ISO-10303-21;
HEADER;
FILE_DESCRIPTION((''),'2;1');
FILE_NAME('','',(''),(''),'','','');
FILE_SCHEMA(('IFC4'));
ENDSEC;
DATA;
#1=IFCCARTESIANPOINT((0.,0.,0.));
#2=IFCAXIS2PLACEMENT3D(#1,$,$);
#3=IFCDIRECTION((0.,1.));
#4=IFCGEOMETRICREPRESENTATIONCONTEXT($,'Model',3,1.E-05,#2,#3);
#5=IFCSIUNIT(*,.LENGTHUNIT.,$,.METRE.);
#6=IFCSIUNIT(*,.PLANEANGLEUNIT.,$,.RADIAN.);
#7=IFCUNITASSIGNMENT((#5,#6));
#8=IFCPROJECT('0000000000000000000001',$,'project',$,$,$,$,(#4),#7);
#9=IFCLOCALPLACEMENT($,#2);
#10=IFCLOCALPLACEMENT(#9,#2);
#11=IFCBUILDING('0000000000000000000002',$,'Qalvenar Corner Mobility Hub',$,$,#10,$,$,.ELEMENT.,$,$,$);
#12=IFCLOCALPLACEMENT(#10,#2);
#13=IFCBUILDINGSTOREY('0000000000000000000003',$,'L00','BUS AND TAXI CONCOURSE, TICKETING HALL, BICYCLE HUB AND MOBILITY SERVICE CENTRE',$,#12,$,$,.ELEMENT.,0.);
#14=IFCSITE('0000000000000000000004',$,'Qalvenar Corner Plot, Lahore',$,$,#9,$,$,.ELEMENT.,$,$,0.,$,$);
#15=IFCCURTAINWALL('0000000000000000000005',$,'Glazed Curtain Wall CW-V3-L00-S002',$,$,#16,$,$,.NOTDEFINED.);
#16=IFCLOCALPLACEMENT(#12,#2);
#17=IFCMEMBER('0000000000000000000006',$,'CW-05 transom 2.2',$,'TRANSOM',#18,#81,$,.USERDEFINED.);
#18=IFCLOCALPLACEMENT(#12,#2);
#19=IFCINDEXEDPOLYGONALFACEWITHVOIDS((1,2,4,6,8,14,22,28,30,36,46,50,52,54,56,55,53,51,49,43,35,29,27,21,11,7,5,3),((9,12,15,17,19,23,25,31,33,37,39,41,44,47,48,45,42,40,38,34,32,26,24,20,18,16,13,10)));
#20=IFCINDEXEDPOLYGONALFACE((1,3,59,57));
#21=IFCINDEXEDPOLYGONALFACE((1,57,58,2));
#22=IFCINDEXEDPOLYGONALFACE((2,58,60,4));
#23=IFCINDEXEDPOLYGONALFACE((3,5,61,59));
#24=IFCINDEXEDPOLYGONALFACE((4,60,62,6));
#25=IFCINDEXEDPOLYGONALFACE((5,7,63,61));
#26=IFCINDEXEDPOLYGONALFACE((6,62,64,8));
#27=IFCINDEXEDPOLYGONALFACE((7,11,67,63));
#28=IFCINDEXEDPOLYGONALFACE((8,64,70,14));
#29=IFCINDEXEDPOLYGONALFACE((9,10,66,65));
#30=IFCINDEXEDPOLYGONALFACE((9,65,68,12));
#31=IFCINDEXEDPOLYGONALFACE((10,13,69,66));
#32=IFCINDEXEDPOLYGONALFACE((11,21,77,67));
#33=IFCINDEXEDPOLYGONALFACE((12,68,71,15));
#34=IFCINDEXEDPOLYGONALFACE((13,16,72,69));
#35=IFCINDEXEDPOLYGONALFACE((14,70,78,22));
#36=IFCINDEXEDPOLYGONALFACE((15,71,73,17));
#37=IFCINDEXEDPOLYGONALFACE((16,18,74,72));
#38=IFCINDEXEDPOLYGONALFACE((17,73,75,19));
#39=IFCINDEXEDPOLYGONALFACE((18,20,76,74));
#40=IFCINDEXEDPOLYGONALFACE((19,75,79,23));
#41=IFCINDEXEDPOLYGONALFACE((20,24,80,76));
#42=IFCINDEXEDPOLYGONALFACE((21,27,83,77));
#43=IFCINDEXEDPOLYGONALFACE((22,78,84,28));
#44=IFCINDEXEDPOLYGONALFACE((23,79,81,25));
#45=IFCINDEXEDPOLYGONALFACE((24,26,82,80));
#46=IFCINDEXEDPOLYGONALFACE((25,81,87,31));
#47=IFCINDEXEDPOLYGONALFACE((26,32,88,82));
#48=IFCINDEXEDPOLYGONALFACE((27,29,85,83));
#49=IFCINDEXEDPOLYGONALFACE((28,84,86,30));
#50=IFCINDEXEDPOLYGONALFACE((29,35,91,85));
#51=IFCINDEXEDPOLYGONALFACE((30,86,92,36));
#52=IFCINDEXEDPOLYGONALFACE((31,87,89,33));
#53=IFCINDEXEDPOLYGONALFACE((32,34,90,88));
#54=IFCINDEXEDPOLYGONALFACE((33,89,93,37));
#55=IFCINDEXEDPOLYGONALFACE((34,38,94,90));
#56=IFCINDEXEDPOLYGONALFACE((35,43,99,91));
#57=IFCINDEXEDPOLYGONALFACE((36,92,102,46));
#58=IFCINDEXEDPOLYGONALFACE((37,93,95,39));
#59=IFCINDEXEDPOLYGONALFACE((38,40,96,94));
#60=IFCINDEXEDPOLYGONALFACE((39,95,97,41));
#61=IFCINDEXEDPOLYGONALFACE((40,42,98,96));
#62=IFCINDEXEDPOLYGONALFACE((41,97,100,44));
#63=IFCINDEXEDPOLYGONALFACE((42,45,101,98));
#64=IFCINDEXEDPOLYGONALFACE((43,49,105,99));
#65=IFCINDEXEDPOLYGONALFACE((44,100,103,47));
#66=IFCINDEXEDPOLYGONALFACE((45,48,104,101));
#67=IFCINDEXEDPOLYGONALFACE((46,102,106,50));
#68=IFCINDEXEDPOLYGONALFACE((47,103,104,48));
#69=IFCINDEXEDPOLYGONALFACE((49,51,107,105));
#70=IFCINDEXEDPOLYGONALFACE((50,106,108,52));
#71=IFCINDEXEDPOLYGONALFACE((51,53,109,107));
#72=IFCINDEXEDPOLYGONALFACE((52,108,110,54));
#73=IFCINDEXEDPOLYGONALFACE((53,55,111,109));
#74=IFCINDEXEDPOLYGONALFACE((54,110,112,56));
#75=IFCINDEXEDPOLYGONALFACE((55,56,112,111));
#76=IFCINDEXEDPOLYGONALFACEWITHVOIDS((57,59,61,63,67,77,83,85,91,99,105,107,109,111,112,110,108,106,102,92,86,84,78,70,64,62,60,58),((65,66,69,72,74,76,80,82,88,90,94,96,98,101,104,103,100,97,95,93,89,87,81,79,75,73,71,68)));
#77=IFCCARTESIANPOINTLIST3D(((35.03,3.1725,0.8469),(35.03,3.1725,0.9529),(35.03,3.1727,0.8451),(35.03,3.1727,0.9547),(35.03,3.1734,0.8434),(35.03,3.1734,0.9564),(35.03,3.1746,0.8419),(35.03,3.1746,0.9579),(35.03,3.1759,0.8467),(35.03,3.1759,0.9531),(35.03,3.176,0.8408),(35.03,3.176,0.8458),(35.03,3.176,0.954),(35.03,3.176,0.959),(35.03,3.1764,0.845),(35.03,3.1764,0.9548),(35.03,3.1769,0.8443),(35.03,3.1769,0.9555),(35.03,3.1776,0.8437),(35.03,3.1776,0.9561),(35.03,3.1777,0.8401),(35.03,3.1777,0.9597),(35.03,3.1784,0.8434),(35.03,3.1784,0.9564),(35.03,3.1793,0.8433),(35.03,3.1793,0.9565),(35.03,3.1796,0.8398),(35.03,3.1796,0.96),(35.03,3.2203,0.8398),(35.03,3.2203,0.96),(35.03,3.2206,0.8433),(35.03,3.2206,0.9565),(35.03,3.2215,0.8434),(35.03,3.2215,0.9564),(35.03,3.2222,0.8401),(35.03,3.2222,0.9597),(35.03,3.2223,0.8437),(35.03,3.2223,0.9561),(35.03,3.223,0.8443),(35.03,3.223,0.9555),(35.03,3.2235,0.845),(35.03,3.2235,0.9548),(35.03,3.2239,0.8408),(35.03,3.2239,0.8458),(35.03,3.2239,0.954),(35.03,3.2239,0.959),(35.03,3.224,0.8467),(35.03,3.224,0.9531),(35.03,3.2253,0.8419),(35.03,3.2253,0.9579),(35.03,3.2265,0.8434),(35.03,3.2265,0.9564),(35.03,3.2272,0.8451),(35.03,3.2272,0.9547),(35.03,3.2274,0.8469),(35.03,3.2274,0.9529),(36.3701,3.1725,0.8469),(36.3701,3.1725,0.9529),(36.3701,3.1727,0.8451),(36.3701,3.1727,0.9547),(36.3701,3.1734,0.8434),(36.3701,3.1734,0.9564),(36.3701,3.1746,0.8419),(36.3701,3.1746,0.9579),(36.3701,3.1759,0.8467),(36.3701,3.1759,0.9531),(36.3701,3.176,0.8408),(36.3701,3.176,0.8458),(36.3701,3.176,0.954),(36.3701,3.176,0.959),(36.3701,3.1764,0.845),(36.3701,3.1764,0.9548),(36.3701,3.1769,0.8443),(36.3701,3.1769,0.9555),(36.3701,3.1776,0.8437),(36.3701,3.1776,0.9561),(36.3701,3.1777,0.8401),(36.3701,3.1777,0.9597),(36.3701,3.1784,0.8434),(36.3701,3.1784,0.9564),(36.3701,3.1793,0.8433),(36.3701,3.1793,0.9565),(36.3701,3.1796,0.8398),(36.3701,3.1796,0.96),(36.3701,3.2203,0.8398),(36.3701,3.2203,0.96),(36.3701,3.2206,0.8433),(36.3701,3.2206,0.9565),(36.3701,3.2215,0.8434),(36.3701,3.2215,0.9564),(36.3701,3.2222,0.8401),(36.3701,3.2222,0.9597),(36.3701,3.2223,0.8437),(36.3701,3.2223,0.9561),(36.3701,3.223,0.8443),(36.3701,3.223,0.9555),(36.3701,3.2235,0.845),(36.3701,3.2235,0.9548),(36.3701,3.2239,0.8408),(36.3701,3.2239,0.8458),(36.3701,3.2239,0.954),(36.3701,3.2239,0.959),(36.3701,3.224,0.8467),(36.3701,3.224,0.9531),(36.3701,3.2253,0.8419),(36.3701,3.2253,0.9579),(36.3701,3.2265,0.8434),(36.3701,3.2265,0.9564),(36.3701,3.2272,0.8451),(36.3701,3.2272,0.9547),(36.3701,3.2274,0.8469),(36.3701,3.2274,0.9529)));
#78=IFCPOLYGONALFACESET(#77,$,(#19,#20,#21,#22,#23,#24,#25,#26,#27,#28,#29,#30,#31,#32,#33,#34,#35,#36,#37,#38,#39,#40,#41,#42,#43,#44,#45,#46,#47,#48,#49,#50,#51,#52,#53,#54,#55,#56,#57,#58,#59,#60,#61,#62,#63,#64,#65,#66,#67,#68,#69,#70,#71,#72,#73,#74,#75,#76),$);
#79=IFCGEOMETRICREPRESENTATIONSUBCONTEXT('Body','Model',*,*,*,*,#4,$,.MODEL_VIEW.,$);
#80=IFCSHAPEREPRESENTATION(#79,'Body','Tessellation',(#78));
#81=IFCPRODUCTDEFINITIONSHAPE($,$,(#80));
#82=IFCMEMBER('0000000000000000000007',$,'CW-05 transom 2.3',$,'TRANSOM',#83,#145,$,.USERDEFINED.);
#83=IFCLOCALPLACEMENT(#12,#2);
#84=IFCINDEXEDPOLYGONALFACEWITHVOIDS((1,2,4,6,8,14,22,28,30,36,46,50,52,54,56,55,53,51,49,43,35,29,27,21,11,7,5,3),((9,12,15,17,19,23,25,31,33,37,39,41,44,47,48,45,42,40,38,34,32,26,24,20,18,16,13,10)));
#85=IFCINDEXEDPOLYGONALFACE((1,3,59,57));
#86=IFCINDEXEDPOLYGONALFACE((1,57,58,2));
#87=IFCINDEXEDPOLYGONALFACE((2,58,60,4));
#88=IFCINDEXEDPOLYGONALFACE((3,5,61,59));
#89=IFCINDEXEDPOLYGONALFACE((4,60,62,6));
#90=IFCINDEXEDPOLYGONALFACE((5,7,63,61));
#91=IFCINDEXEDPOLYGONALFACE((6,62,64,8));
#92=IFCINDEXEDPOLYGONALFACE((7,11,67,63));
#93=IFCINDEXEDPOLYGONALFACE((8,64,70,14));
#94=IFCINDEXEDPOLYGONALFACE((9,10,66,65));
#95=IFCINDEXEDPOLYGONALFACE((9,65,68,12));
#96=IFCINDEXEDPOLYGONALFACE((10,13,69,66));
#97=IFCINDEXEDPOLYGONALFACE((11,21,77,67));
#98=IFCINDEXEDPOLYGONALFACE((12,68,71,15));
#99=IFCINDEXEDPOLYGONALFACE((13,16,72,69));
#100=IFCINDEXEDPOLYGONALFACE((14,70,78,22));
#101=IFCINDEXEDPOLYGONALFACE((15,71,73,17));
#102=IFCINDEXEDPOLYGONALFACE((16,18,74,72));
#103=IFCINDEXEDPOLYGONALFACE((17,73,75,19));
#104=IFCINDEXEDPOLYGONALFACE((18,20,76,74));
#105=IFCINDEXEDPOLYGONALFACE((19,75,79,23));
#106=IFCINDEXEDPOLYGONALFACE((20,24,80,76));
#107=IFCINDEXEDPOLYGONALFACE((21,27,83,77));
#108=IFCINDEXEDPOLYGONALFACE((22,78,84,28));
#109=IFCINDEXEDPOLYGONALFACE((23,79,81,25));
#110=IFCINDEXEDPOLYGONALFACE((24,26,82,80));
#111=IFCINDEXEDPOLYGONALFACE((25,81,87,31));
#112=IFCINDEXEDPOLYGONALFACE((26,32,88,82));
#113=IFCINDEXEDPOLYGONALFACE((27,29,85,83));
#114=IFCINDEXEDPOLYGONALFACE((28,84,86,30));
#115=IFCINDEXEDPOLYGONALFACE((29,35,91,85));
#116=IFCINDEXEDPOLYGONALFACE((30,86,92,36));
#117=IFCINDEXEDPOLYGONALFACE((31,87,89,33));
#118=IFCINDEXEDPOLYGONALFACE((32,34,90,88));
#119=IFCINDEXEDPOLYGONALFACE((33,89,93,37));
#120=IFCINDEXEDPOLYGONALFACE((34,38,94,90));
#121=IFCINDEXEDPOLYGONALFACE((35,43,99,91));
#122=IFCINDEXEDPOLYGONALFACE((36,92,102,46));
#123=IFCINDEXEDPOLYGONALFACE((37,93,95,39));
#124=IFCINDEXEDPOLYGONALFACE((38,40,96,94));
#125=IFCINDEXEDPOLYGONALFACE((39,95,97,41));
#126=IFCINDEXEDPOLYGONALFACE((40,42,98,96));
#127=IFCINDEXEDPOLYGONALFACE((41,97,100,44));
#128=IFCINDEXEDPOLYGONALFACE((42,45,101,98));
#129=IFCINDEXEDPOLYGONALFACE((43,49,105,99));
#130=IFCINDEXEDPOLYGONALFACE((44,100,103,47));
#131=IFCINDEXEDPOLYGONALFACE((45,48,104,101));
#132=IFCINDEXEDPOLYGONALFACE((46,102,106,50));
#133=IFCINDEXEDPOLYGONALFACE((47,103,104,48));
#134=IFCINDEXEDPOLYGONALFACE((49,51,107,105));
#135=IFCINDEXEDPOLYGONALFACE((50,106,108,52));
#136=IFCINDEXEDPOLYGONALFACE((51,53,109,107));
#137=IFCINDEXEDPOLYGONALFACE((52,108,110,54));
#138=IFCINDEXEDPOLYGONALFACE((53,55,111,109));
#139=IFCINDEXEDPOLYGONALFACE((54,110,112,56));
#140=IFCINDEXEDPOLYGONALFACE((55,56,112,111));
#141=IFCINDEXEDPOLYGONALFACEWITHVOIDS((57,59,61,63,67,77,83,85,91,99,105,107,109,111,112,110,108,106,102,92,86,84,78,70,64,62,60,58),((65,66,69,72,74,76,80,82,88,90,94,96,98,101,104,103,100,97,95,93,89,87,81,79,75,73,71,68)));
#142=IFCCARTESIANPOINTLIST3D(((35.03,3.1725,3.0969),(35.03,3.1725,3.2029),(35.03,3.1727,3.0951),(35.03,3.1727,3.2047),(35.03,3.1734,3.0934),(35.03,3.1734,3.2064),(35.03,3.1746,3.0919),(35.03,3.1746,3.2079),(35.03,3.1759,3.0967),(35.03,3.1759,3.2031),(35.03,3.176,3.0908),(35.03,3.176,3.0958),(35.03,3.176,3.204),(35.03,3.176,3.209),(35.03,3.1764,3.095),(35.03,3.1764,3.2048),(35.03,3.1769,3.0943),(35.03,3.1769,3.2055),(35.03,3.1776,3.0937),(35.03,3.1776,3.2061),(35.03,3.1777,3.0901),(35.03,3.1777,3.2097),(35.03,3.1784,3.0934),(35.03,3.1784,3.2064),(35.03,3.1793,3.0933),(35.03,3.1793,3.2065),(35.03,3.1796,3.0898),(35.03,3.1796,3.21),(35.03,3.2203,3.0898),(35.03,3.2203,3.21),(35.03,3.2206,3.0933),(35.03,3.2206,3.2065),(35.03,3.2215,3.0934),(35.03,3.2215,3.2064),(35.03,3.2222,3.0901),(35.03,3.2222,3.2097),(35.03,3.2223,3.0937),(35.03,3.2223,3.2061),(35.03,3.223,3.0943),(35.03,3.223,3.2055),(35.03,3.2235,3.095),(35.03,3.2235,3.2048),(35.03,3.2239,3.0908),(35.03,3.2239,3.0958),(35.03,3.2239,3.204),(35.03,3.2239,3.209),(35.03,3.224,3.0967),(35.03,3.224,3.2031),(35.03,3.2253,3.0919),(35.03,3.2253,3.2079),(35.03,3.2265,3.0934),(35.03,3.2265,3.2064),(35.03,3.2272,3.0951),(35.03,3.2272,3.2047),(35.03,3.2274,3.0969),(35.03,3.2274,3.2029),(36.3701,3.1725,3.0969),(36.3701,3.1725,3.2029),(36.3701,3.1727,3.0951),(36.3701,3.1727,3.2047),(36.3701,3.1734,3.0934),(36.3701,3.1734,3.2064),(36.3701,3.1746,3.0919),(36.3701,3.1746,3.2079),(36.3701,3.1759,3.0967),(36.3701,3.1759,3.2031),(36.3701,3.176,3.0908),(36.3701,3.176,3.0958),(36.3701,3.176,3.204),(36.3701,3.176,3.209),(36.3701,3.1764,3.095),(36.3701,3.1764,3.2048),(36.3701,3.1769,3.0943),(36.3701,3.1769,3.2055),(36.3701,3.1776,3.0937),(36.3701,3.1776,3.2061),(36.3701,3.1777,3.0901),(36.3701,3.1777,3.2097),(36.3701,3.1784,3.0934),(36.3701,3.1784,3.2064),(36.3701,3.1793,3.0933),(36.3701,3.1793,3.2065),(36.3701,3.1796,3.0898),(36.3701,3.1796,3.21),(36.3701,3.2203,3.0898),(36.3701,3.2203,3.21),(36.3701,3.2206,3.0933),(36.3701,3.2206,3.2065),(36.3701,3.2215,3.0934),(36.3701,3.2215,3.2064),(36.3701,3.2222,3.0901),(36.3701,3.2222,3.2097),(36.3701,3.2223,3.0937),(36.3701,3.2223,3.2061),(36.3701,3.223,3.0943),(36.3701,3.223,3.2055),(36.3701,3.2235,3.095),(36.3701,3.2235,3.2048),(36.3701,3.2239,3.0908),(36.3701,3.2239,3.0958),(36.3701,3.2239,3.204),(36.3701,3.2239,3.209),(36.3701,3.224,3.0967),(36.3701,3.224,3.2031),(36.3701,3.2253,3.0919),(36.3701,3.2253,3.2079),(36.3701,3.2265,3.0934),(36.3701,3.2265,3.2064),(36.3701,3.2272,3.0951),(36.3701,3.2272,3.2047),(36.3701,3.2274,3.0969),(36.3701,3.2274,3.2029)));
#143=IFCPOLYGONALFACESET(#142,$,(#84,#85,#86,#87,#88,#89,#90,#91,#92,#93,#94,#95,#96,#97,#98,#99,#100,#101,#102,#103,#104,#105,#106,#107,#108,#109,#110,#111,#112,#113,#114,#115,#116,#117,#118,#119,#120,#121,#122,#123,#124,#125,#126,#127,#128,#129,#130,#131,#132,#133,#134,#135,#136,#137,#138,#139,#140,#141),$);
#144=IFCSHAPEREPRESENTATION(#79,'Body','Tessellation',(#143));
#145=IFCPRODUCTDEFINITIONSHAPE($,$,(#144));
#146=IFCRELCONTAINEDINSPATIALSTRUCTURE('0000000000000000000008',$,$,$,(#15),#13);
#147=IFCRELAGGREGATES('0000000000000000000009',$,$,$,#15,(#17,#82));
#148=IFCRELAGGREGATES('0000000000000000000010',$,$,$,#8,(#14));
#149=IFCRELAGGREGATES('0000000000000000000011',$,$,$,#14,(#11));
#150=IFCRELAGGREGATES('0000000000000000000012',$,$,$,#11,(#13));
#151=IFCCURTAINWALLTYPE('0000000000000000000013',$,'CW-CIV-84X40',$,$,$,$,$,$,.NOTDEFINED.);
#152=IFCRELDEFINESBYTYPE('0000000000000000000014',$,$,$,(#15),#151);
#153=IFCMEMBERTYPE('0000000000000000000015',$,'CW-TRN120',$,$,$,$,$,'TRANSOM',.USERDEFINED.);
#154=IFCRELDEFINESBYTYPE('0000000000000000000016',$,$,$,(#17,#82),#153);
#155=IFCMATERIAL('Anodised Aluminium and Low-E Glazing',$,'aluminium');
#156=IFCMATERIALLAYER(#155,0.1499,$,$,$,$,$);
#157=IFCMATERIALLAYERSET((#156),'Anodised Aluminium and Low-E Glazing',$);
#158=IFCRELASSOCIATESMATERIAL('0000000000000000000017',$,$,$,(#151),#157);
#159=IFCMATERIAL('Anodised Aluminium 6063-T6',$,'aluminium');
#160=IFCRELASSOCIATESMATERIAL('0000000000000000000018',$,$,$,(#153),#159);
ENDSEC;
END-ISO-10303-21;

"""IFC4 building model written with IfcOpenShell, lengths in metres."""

from ifc_helpers import new_model, si_unit, direction, frame, origin, origin_2d, place, context, subcontext, project, spatial, hollow_rectangle, extrude, material, layer, layer_set, material_profile, profile_set, type_object, element, aggregate, save


model = new_model("IFC4")

# Units and contexts
model_context = context("Model", 3, precision=1e-05, world=origin(), true_north=direction((0.0, 1.0)))
body_context = subcontext(model_context, "Body", "Model", "MODEL_VIEW")
ifc_project = project(units=[si_unit("LENGTHUNIT", "METRE"), si_unit("PLANEANGLEUNIT", "RADIAN")], contexts=[model_context])

# Site, building, storey
site_placement = place(None, origin())
site = spatial("IfcSite", under=ifc_project, at=site_placement, Name="Qalvenar Corner Plot, Lahore", CompositionType="ELEMENT", RefElevation=0.0)
building_placement = place(site_placement, origin())
building = spatial("IfcBuilding", under=site, at=building_placement, Name="Qalvenar Corner Mobility Hub", CompositionType="ELEMENT")
storey_placement = place(building_placement, origin())
storey = spatial("IfcBuildingStorey", under=building, at=storey_placement, Name="L00", Description="BUS AND TAXI CONCOURSE, TICKETING HALL, BICYCLE HUB AND MOBILITY SERVICE CENTRE", CompositionType="ELEMENT", Elevation=0.0)

# Curtain wall, members
ifc_material_1 = material(Name="Anodised Aluminium and Low-E Glazing", Category="aluminium")
ifc_layer_1 = layer(ifc_material_1, 0.1499)
ifc_layer_set_1 = layer_set([ifc_layer_1], Name="Anodised Aluminium and Low-E Glazing")
curtain_wall_type = type_object("IfcCurtainWallType", Name="CW-CIV-84X40", PredefinedType="NOTDEFINED", material=ifc_layer_set_1)
curtain_wall_placement = place(storey_placement, origin())
curtain_wall = element("IfcCurtainWall", 1, at=curtain_wall_placement, inside=storey, type_object=curtain_wall_type, Name="Glazed Curtain Wall CW-V3-L00-S002", PredefinedType="NOTDEFINED")
ifc_material_2 = material(Name="Anodised Aluminium 6063-T6", Category="aluminium")
ifc_material_profile_1 = material_profile(ifc_material_2, hollow_rectangle(XDim=0.0549, YDim=0.1201, WallThickness=0.0034, InnerFilletRadius=0.0034, OuterFilletRadius=0.0071, at=origin_2d()), Name="RHS120x55x3.5")
ifc_profile_set_1 = profile_set([ifc_material_profile_1], Name="Anodised Aluminium 6063-T6")
member_type_1 = type_object("IfcMemberType", Name="CW-TRN120", ElementType="TRANSOM", PredefinedType="USERDEFINED", material=ifc_profile_set_1)
member_1_placement = place(storey_placement, frame((35.03, 3.2, 0.8999), z_axis=(1.0, 0.0, 0.0), x_axis=(0.0, 1.0, 0.0)))
member_1 = element("IfcMember", 2, at=member_1_placement, type_object=member_type_1, Name="CW-05 transom 2.2", ObjectType="TRANSOM", PredefinedType="USERDEFINED", context=body_context, shape_type="SweptSolid", body=[
    extrude(hollow_rectangle(XDim=0.0549, YDim=0.1201, WallThickness=0.0034, InnerFilletRadius=0.0034, OuterFilletRadius=0.0071, at=origin_2d()), origin(), (0.0, 0.0, 1.0), 1.3401),
])
member_2_placement = place(storey_placement, frame((35.03, 3.2, 3.1499), z_axis=(1.0, 0.0, 0.0), x_axis=(0.0, 1.0, 0.0)))
member_2 = element("IfcMember", 3, at=member_2_placement, type_object=member_type_1, Name="CW-05 transom 2.3", ObjectType="TRANSOM", PredefinedType="USERDEFINED", context=body_context, shape_type="SweptSolid", body=[
    extrude(hollow_rectangle(XDim=0.0549, YDim=0.1201, WallThickness=0.0034, InnerFilletRadius=0.0034, OuterFilletRadius=0.0071, at=origin_2d()), origin(), (0.0, 0.0, 1.0), 1.3401),
])
aggregate(curtain_wall, [member_1, member_2])

save(model, "model.ifc")
